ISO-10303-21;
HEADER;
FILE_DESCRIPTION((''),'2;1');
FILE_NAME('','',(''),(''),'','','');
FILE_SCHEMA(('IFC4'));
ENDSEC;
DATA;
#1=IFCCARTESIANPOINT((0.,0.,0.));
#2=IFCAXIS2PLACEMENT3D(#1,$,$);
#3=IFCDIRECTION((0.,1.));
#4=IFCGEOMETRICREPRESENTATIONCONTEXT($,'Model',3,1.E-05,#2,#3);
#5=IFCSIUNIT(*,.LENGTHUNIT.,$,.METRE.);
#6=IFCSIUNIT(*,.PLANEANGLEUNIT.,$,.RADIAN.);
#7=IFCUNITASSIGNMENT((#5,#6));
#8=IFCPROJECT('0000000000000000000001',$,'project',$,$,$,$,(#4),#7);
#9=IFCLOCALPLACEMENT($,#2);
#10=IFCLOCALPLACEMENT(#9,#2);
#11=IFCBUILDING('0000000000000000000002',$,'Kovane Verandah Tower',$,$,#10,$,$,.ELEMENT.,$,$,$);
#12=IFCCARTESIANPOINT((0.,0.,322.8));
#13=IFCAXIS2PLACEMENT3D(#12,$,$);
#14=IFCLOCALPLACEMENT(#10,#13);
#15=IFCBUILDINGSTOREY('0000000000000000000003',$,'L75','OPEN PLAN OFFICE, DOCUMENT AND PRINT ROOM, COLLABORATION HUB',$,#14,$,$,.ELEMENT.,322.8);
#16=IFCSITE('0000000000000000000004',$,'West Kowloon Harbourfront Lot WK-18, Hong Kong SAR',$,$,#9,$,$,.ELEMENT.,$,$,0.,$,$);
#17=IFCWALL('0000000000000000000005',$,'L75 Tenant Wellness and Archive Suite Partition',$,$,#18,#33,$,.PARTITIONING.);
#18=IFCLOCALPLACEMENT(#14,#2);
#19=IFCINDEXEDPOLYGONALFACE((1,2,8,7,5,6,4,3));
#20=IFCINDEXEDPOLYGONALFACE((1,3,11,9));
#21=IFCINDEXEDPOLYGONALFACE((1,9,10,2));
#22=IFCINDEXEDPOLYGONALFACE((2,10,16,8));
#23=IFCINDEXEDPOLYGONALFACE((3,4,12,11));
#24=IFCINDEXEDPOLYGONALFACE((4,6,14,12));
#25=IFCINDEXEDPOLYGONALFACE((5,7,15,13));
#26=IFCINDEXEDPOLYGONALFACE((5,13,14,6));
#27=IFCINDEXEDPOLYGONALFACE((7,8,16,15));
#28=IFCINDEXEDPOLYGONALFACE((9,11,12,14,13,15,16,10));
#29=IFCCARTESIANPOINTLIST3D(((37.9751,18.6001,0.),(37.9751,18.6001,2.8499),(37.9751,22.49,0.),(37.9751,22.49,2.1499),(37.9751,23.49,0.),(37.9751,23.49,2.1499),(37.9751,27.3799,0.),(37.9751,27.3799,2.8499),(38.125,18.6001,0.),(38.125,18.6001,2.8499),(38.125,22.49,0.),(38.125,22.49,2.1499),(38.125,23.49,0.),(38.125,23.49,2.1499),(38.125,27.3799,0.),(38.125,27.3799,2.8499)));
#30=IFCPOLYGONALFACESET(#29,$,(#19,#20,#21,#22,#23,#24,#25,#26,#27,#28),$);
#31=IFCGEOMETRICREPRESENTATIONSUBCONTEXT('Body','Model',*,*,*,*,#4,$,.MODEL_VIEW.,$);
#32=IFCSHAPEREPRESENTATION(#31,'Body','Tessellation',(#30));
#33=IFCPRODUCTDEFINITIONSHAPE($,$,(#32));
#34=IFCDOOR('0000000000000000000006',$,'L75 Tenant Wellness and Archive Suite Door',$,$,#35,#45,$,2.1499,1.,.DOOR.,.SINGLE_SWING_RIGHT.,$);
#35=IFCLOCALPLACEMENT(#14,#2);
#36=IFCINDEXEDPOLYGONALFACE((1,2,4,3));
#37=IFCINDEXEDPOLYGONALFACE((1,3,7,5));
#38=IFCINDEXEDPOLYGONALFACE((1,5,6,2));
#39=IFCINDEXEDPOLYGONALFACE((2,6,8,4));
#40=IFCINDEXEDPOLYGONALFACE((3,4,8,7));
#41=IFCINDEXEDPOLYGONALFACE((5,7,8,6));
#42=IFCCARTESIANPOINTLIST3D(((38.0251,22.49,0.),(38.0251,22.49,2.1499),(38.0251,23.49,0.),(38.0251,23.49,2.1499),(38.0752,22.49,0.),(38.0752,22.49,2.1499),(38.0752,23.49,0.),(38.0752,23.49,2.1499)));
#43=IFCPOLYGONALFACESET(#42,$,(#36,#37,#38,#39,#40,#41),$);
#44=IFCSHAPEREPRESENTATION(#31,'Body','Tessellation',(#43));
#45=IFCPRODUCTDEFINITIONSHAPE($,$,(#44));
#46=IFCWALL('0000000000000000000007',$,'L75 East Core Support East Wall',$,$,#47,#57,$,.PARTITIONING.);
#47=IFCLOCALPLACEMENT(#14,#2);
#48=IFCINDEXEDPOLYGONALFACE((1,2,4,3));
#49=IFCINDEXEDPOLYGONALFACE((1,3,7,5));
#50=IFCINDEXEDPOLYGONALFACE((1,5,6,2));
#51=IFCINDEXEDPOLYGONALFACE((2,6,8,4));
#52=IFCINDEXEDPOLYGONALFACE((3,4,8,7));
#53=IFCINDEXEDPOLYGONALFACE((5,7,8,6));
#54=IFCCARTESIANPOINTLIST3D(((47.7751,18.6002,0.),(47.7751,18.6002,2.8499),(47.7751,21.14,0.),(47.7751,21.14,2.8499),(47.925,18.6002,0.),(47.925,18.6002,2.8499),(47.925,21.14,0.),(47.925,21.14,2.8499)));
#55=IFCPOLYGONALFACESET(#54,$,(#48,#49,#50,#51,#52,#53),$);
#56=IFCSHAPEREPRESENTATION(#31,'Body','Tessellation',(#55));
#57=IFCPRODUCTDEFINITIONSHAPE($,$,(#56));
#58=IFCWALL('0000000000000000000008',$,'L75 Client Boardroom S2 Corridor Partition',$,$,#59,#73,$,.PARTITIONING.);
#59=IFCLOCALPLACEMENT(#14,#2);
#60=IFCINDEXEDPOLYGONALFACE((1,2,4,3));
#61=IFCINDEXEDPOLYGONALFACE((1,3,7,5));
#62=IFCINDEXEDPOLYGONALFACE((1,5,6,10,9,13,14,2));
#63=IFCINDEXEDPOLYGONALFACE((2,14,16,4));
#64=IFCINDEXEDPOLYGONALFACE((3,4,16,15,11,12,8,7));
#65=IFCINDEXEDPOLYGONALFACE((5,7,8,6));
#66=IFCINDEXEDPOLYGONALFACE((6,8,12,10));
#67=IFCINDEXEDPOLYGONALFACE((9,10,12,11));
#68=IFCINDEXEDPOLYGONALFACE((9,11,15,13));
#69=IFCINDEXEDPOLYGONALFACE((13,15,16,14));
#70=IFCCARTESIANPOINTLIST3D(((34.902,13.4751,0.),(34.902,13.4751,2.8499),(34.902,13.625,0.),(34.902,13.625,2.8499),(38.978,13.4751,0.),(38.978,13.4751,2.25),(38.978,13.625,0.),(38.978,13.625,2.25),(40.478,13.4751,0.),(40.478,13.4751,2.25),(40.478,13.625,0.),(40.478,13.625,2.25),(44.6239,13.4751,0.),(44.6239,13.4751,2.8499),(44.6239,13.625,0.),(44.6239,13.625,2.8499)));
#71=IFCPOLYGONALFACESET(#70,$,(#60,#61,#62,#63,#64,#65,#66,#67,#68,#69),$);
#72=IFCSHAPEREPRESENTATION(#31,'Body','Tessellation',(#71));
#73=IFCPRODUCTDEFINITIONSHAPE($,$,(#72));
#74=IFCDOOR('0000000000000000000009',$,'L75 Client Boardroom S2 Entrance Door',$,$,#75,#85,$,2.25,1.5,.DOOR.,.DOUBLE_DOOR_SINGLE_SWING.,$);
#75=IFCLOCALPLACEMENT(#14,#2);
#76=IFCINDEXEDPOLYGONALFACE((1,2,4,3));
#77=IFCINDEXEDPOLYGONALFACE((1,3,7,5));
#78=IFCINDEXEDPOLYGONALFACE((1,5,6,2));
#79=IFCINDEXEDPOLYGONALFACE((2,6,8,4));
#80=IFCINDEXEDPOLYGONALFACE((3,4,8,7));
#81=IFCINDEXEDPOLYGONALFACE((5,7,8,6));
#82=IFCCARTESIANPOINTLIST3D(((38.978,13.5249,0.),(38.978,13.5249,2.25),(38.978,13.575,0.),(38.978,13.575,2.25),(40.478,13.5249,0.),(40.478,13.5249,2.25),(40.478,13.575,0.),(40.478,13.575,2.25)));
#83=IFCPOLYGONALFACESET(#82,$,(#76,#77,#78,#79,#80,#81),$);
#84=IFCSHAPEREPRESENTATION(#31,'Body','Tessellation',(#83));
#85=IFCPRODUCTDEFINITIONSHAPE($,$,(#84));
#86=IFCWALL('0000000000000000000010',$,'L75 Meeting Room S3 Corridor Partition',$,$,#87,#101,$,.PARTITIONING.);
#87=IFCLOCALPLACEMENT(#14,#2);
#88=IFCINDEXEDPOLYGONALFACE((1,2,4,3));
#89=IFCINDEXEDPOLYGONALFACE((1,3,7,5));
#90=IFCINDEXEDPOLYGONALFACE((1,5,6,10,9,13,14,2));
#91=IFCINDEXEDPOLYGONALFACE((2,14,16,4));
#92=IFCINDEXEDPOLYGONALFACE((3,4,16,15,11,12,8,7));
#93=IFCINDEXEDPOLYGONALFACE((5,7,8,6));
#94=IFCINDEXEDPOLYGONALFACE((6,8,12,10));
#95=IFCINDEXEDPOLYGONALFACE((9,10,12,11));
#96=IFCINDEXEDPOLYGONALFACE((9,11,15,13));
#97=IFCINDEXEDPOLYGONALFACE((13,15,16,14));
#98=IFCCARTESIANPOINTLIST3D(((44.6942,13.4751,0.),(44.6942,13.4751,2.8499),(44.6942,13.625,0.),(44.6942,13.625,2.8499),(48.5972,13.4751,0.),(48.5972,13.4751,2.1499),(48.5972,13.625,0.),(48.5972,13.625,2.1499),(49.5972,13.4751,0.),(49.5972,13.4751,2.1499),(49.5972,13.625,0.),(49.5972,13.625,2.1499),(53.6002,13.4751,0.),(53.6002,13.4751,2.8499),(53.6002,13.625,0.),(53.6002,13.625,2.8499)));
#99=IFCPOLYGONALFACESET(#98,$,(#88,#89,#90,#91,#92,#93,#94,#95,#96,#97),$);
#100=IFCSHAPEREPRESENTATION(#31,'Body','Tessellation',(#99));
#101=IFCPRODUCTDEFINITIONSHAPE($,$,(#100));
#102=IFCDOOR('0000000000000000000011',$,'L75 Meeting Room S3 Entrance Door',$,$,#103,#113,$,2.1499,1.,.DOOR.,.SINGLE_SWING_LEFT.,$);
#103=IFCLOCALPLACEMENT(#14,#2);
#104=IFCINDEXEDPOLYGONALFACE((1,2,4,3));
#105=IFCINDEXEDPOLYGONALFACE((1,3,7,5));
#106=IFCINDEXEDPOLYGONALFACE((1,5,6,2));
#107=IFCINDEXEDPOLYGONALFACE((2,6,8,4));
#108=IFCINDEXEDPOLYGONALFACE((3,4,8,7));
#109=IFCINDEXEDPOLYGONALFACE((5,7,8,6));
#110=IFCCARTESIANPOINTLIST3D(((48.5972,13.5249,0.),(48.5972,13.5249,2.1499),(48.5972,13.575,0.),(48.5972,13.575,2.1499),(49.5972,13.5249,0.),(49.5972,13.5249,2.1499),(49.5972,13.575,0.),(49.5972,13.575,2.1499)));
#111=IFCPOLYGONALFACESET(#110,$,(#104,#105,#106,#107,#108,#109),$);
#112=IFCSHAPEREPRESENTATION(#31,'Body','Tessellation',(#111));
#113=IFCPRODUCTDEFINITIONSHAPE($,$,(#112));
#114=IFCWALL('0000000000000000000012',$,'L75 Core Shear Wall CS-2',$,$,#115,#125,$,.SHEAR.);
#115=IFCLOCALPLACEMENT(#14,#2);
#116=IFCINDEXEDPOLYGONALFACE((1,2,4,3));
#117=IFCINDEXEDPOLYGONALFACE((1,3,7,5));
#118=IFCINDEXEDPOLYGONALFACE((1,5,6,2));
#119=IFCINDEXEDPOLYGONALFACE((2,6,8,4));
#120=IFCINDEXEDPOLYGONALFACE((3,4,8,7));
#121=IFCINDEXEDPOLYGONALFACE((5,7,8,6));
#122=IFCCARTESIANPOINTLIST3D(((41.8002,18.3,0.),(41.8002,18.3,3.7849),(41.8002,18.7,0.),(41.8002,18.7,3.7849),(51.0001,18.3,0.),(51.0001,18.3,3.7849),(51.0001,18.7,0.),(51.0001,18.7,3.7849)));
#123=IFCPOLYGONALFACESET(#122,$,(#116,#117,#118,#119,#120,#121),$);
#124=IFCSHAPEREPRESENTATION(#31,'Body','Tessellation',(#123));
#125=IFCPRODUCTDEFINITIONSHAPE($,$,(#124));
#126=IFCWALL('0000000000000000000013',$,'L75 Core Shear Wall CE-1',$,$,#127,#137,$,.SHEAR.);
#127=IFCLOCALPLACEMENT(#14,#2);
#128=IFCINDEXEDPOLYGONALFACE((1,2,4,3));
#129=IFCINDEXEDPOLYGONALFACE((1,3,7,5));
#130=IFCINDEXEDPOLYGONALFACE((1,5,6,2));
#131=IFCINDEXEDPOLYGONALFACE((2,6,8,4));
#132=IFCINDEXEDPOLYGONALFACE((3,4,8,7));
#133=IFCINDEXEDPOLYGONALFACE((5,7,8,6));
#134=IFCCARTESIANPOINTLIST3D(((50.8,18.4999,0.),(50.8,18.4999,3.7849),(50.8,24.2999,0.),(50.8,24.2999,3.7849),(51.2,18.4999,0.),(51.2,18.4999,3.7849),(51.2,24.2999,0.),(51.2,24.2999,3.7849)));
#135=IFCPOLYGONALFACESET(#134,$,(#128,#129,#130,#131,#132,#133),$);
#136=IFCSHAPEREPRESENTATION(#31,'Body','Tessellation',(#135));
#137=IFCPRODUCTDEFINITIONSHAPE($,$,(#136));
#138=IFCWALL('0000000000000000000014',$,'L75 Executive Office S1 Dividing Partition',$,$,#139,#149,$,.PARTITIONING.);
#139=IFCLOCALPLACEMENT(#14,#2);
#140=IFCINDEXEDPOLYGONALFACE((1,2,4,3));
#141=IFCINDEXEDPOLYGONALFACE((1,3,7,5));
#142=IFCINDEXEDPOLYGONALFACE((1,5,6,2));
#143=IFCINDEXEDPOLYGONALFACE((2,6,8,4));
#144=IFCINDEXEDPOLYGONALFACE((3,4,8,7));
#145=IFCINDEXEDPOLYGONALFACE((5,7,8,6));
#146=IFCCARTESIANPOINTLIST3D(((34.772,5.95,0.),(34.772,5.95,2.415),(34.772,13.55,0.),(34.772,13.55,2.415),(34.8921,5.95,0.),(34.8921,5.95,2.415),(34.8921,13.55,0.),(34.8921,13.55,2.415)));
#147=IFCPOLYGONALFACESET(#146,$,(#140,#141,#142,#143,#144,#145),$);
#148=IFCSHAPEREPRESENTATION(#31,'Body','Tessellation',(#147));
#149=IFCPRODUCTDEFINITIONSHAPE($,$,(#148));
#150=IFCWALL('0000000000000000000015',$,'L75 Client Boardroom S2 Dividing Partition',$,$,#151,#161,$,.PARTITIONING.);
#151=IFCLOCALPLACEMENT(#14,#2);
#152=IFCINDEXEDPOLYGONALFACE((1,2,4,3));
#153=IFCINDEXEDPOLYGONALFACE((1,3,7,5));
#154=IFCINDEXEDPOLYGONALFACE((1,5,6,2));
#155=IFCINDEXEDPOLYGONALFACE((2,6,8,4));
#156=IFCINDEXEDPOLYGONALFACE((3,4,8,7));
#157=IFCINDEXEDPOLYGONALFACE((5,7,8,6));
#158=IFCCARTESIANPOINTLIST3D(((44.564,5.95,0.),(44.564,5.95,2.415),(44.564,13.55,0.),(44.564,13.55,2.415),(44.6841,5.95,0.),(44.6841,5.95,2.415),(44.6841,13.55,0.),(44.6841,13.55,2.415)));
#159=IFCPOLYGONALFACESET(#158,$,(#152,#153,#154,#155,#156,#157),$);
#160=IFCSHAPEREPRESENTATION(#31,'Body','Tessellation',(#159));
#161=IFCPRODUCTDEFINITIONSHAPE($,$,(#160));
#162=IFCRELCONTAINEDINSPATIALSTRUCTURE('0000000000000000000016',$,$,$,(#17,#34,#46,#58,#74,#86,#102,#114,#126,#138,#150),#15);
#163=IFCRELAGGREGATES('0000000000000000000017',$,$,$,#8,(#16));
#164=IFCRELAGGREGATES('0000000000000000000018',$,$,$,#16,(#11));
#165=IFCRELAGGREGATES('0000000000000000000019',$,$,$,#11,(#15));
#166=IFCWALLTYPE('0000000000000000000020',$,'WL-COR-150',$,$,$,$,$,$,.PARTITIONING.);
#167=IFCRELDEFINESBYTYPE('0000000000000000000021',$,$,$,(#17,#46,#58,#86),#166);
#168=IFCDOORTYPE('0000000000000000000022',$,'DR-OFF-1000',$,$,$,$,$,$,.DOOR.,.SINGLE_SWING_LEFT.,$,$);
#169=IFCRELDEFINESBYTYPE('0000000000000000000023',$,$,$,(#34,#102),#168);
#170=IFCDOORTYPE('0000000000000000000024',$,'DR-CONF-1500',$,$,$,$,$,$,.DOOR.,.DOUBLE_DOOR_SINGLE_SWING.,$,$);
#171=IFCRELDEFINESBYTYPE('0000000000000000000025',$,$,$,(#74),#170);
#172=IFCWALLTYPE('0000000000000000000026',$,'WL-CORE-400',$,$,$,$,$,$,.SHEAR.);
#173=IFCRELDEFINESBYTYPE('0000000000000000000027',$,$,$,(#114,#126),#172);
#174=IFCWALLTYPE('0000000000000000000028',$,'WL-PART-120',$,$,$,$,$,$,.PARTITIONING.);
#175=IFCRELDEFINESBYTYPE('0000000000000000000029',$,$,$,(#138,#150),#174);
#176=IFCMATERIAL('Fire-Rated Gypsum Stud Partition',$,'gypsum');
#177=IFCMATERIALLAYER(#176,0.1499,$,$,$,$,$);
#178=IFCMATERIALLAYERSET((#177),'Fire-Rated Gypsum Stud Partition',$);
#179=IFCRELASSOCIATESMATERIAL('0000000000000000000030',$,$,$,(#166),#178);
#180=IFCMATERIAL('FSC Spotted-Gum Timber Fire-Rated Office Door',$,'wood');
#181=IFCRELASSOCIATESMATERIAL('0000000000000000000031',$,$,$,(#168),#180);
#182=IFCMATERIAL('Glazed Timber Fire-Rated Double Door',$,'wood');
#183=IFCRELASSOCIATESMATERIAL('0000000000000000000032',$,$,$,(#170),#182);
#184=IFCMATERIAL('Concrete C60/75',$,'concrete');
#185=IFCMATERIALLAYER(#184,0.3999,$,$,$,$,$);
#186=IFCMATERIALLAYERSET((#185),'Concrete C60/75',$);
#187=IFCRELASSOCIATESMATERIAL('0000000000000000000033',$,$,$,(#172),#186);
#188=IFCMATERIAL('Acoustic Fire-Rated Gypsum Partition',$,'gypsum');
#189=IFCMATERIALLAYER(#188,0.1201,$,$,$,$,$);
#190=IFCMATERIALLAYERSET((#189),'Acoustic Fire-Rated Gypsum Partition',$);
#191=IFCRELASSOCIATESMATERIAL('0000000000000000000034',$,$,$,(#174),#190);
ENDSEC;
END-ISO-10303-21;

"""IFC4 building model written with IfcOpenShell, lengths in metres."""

from ifc_helpers import new_model, si_unit, direction, frame, frame_2d, origin, place, context, subcontext, project, spatial, rectangle, extrude, material, layer, layer_set, type_object, element, fill, save


model = new_model("IFC4")

# Units and contexts
model_context = context("Model", 3, precision=1e-05, world=origin(), true_north=direction((0.0, 1.0)))
body_context = subcontext(model_context, "Body", "Model", "MODEL_VIEW")
ifc_project = project(units=[si_unit("LENGTHUNIT", "METRE"), si_unit("PLANEANGLEUNIT", "RADIAN")], contexts=[model_context])

# Site, building, storey
site_placement = place(None, origin())
site = spatial("IfcSite", under=ifc_project, at=site_placement, Name="West Kowloon Harbourfront Lot WK-18, Hong Kong SAR", CompositionType="ELEMENT", RefElevation=0.0)
building_placement = place(site_placement, origin())
building = spatial("IfcBuilding", under=site, at=building_placement, Name="Kovane Verandah Tower", CompositionType="ELEMENT")
storey_placement = place(building_placement, frame((0.0, 0.0, 322.8)))
storey = spatial("IfcBuildingStorey", under=building, at=storey_placement, Name="L75", Description="OPEN PLAN OFFICE, DOCUMENT AND PRINT ROOM, COLLABORATION HUB", CompositionType="ELEMENT", Elevation=322.8)

# Shared definitions
ifc_material_1 = material(Name="Concrete C60/75", Category="concrete")

# Shared definitions
ifc_material_2 = material(Name="Fire-Rated Gypsum Stud Partition", Category="gypsum")
ifc_layer_1 = layer(ifc_material_2, 0.1499)
ifc_layer_set_1 = layer_set([ifc_layer_1], Name="Fire-Rated Gypsum Stud Partition")
wall_type_1 = type_object("IfcWallType", Name="WL-COR-150", PredefinedType="PARTITIONING", material=ifc_layer_set_1)

# Wall, opening, door
wall_1_placement = place(storey_placement, frame((38.05, 18.6001, 0.0), z_axis=(0.0, 0.0, 1.0), x_axis=(0.0, 1.0, 0.0)))
wall_1 = element("IfcWall", 1, at=wall_1_placement, inside=storey, type_object=wall_type_1, Name="L75 Tenant Wellness and Archive Suite Partition", PredefinedType="PARTITIONING", context=body_context, shape_type="SweptSolid", body=[
    extrude(rectangle(XDim=8.7798, YDim=0.1499, at=frame_2d((4.3899, 0.0))), origin(), (0.0, 0.0, 1.0), 2.8499),
])
opening_1_placement = place(wall_1_placement, frame((3.8899, 0.0, 0.0)))
opening_1 = element("IfcOpeningElement", 2, at=opening_1_placement, cuts=wall_1, PredefinedType="OPENING", context=body_context, shape_type="SweptSolid", body=[
    extrude(rectangle(XDim=1.0, YDim=2.1499, at=frame_2d((0.5, 1.075))), frame((0.0, 0.075, 0.0), z_axis=(0.0, -1.0, 0.0), x_axis=(1.0, 0.0, 0.0)), (0.0, 0.0, 1.0), 0.1499),
])
ifc_material_3 = material(Name="FSC Spotted-Gum Timber Fire-Rated Office Door", Category="wood")
door_type_1 = type_object("IfcDoorType", Name="DR-OFF-1000", OperationType="SINGLE_SWING_LEFT", PredefinedType="DOOR", material=ifc_material_3)
door_1_placement = place(opening_1_placement, origin())
door_1 = element("IfcDoor", 3, at=door_1_placement, inside=storey, type_object=door_type_1, Name="L75 Tenant Wellness and Archive Suite Door", OperationType="SINGLE_SWING_RIGHT", OverallHeight=2.1499, OverallWidth=1.0, PredefinedType="DOOR", context=body_context, shape_type="SweptSolid", body=[
    extrude(rectangle(XDim=1.0, YDim=2.1499, at=frame_2d((0.5, 1.075))), frame((0.0, 0.0249, 0.0), z_axis=(0.0, -1.0, 0.0), x_axis=(1.0, 0.0, 0.0)), (0.0, 0.0, 1.0), 0.05),
])
fill(opening_1, door_1)

# Wall
wall_2_placement = place(storey_placement, frame((47.8501, 18.6001, 0.0), z_axis=(0.0, 0.0, 1.0), x_axis=(0.0, 1.0, 0.0)))
element("IfcWall", 4, at=wall_2_placement, inside=storey, type_object=wall_type_1, Name="L75 East Core Support East Wall", PredefinedType="PARTITIONING", context=body_context, shape_type="SweptSolid", body=[
    extrude(rectangle(XDim=2.5398, YDim=0.1499, at=frame_2d((1.27, 0.0))), origin(), (0.0, 0.0, 1.0), 2.8499),
])

# Walls, openings, doors
wall_3_placement = place(storey_placement, frame((34.9021, 13.55, 0.0), z_axis=(0.0, 0.0, 1.0), x_axis=(1.0, 0.0, 0.0)))
wall_3 = element("IfcWall", 5, at=wall_3_placement, inside=storey, type_object=wall_type_1, Name="L75 Client Boardroom S2 Corridor Partition", PredefinedType="PARTITIONING", context=body_context, shape_type="SweptSolid", body=[
    extrude(rectangle(XDim=9.7219, YDim=0.1499, at=frame_2d((4.8608, 0.0))), origin(), (0.0, 0.0, 1.0), 2.8499),
])
opening_2_placement = place(wall_3_placement, frame((4.0759, 0.0, 0.0)))
opening_2 = element("IfcOpeningElement", 6, at=opening_2_placement, cuts=wall_3, PredefinedType="OPENING", context=body_context, shape_type="SweptSolid", body=[
    extrude(rectangle(XDim=1.5, YDim=2.25, at=frame_2d((0.75, 1.125))), frame((0.0, 0.075, 0.0), z_axis=(0.0, -1.0, 0.0), x_axis=(1.0, 0.0, 0.0)), (0.0, 0.0, 1.0), 0.1499),
])
ifc_material_4 = material(Name="Glazed Timber Fire-Rated Double Door", Category="wood")
door_type_2 = type_object("IfcDoorType", Name="DR-CONF-1500", OperationType="DOUBLE_DOOR_SINGLE_SWING", PredefinedType="DOOR", material=ifc_material_4)
door_2_placement = place(opening_2_placement, origin())
door_2 = element("IfcDoor", 7, at=door_2_placement, inside=storey, type_object=door_type_2, Name="L75 Client Boardroom S2 Entrance Door", OperationType="DOUBLE_DOOR_SINGLE_SWING", OverallHeight=2.25, OverallWidth=1.5, PredefinedType="DOOR", context=body_context, shape_type="SweptSolid", body=[
    extrude(rectangle(XDim=1.5, YDim=2.25, at=frame_2d((0.75, 1.125))), frame((0.0, 0.0249, 0.0), z_axis=(0.0, -1.0, 0.0), x_axis=(1.0, 0.0, 0.0)), (0.0, 0.0, 1.0), 0.05),
])
fill(opening_2, door_2)
wall_4_placement = place(storey_placement, frame((44.6941, 13.55, 0.0), z_axis=(0.0, 0.0, 1.0), x_axis=(1.0, 0.0, 0.0)))
wall_4 = element("IfcWall", 8, at=wall_4_placement, inside=storey, type_object=wall_type_1, Name="L75 Meeting Room S3 Corridor Partition", PredefinedType="PARTITIONING", context=body_context, shape_type="SweptSolid", body=[
    extrude(rectangle(XDim=8.906, YDim=0.1499, at=frame_2d((4.4531, 0.0))), origin(), (0.0, 0.0, 1.0), 2.8499),
])
opening_3_placement = place(wall_4_placement, frame((3.9031, 0.0, 0.0)))
opening_3 = element("IfcOpeningElement", 9, at=opening_3_placement, cuts=wall_4, PredefinedType="OPENING", context=body_context, shape_type="SweptSolid", body=[
    extrude(rectangle(XDim=1.0, YDim=2.1499, at=frame_2d((0.5, 1.075))), frame((0.0, 0.075, 0.0), z_axis=(0.0, -1.0, 0.0), x_axis=(1.0, 0.0, 0.0)), (0.0, 0.0, 1.0), 0.1499),
])
door_3_placement = place(opening_3_placement, origin())
door_3 = element("IfcDoor", 10, at=door_3_placement, inside=storey, type_object=door_type_1, Name="L75 Meeting Room S3 Entrance Door", OperationType="SINGLE_SWING_LEFT", OverallHeight=2.1499, OverallWidth=1.0, PredefinedType="DOOR", context=body_context, shape_type="SweptSolid", body=[
    extrude(rectangle(XDim=1.0, YDim=2.1499, at=frame_2d((0.5, 1.075))), frame((0.0, 0.0249, 0.0), z_axis=(0.0, -1.0, 0.0), x_axis=(1.0, 0.0, 0.0)), (0.0, 0.0, 1.0), 0.05),
])
fill(opening_3, door_3)

# Walls
ifc_layer_2 = layer(ifc_material_1, 0.3999)
ifc_layer_set_2 = layer_set([ifc_layer_2], Name="Concrete C60/75")
wall_type_2 = type_object("IfcWallType", Name="WL-CORE-400", PredefinedType="SHEAR", material=ifc_layer_set_2)
wall_5_placement = place(storey_placement, frame((41.8, 18.5, 0.0), z_axis=(0.0, 0.0, 1.0), x_axis=(1.0, 0.0, 0.0)))
element("IfcWall", 11, at=wall_5_placement, inside=storey, type_object=wall_type_2, Name="L75 Core Shear Wall CS-2", PredefinedType="SHEAR", context=body_context, shape_type="SweptSolid", body=[
    extrude(rectangle(XDim=9.2, YDim=0.3999, at=frame_2d((4.6001, 0.0))), origin(), (0.0, 0.0, 1.0), 3.7849),
])
wall_6_placement = place(storey_placement, frame((51.0, 18.5, 0.0), z_axis=(0.0, 0.0, 1.0), x_axis=(0.0, 1.0, 0.0)))
element("IfcWall", 12, at=wall_6_placement, inside=storey, type_object=wall_type_2, Name="L75 Core Shear Wall CE-1", PredefinedType="SHEAR", context=body_context, shape_type="SweptSolid", body=[
    extrude(rectangle(XDim=5.8, YDim=0.3999, at=frame_2d((2.8999, 0.0))), origin(), (0.0, 0.0, 1.0), 3.7849),
])
ifc_material_5 = material(Name="Acoustic Fire-Rated Gypsum Partition", Category="gypsum")
ifc_layer_3 = layer(ifc_material_5, 0.1201)
ifc_layer_set_3 = layer_set([ifc_layer_3], Name="Acoustic Fire-Rated Gypsum Partition")
wall_type_3 = type_object("IfcWallType", Name="WL-PART-120", PredefinedType="PARTITIONING", material=ifc_layer_set_3)
for number, where, z_axis, x_axis, name in (
    (13, (34.832, 5.95, 0.0), (0.0, 0.0, 1.0), (0.0, 1.0, 0.0), "L75 Executive Office S1 Dividing Partition"),
    (14, (44.624, 5.95, 0.0), (0.0, 0.0, 1.0), (0.0, 1.0, 0.0), "L75 Client Boardroom S2 Dividing Partition"),
):
    element("IfcWall", number, at=place(storey_placement, frame(where, z_axis=z_axis, x_axis=x_axis)), inside=storey, type_object=wall_type_3, Name=name, PredefinedType="PARTITIONING", context=body_context, shape_type="SweptSolid", body=[
        extrude(rectangle(XDim=7.6001, YDim=0.1201, at=frame_2d((3.8, 0.0))), origin(), (0.0, 0.0, 1.0), 2.415),
    ])

save(model, "model.ifc")
